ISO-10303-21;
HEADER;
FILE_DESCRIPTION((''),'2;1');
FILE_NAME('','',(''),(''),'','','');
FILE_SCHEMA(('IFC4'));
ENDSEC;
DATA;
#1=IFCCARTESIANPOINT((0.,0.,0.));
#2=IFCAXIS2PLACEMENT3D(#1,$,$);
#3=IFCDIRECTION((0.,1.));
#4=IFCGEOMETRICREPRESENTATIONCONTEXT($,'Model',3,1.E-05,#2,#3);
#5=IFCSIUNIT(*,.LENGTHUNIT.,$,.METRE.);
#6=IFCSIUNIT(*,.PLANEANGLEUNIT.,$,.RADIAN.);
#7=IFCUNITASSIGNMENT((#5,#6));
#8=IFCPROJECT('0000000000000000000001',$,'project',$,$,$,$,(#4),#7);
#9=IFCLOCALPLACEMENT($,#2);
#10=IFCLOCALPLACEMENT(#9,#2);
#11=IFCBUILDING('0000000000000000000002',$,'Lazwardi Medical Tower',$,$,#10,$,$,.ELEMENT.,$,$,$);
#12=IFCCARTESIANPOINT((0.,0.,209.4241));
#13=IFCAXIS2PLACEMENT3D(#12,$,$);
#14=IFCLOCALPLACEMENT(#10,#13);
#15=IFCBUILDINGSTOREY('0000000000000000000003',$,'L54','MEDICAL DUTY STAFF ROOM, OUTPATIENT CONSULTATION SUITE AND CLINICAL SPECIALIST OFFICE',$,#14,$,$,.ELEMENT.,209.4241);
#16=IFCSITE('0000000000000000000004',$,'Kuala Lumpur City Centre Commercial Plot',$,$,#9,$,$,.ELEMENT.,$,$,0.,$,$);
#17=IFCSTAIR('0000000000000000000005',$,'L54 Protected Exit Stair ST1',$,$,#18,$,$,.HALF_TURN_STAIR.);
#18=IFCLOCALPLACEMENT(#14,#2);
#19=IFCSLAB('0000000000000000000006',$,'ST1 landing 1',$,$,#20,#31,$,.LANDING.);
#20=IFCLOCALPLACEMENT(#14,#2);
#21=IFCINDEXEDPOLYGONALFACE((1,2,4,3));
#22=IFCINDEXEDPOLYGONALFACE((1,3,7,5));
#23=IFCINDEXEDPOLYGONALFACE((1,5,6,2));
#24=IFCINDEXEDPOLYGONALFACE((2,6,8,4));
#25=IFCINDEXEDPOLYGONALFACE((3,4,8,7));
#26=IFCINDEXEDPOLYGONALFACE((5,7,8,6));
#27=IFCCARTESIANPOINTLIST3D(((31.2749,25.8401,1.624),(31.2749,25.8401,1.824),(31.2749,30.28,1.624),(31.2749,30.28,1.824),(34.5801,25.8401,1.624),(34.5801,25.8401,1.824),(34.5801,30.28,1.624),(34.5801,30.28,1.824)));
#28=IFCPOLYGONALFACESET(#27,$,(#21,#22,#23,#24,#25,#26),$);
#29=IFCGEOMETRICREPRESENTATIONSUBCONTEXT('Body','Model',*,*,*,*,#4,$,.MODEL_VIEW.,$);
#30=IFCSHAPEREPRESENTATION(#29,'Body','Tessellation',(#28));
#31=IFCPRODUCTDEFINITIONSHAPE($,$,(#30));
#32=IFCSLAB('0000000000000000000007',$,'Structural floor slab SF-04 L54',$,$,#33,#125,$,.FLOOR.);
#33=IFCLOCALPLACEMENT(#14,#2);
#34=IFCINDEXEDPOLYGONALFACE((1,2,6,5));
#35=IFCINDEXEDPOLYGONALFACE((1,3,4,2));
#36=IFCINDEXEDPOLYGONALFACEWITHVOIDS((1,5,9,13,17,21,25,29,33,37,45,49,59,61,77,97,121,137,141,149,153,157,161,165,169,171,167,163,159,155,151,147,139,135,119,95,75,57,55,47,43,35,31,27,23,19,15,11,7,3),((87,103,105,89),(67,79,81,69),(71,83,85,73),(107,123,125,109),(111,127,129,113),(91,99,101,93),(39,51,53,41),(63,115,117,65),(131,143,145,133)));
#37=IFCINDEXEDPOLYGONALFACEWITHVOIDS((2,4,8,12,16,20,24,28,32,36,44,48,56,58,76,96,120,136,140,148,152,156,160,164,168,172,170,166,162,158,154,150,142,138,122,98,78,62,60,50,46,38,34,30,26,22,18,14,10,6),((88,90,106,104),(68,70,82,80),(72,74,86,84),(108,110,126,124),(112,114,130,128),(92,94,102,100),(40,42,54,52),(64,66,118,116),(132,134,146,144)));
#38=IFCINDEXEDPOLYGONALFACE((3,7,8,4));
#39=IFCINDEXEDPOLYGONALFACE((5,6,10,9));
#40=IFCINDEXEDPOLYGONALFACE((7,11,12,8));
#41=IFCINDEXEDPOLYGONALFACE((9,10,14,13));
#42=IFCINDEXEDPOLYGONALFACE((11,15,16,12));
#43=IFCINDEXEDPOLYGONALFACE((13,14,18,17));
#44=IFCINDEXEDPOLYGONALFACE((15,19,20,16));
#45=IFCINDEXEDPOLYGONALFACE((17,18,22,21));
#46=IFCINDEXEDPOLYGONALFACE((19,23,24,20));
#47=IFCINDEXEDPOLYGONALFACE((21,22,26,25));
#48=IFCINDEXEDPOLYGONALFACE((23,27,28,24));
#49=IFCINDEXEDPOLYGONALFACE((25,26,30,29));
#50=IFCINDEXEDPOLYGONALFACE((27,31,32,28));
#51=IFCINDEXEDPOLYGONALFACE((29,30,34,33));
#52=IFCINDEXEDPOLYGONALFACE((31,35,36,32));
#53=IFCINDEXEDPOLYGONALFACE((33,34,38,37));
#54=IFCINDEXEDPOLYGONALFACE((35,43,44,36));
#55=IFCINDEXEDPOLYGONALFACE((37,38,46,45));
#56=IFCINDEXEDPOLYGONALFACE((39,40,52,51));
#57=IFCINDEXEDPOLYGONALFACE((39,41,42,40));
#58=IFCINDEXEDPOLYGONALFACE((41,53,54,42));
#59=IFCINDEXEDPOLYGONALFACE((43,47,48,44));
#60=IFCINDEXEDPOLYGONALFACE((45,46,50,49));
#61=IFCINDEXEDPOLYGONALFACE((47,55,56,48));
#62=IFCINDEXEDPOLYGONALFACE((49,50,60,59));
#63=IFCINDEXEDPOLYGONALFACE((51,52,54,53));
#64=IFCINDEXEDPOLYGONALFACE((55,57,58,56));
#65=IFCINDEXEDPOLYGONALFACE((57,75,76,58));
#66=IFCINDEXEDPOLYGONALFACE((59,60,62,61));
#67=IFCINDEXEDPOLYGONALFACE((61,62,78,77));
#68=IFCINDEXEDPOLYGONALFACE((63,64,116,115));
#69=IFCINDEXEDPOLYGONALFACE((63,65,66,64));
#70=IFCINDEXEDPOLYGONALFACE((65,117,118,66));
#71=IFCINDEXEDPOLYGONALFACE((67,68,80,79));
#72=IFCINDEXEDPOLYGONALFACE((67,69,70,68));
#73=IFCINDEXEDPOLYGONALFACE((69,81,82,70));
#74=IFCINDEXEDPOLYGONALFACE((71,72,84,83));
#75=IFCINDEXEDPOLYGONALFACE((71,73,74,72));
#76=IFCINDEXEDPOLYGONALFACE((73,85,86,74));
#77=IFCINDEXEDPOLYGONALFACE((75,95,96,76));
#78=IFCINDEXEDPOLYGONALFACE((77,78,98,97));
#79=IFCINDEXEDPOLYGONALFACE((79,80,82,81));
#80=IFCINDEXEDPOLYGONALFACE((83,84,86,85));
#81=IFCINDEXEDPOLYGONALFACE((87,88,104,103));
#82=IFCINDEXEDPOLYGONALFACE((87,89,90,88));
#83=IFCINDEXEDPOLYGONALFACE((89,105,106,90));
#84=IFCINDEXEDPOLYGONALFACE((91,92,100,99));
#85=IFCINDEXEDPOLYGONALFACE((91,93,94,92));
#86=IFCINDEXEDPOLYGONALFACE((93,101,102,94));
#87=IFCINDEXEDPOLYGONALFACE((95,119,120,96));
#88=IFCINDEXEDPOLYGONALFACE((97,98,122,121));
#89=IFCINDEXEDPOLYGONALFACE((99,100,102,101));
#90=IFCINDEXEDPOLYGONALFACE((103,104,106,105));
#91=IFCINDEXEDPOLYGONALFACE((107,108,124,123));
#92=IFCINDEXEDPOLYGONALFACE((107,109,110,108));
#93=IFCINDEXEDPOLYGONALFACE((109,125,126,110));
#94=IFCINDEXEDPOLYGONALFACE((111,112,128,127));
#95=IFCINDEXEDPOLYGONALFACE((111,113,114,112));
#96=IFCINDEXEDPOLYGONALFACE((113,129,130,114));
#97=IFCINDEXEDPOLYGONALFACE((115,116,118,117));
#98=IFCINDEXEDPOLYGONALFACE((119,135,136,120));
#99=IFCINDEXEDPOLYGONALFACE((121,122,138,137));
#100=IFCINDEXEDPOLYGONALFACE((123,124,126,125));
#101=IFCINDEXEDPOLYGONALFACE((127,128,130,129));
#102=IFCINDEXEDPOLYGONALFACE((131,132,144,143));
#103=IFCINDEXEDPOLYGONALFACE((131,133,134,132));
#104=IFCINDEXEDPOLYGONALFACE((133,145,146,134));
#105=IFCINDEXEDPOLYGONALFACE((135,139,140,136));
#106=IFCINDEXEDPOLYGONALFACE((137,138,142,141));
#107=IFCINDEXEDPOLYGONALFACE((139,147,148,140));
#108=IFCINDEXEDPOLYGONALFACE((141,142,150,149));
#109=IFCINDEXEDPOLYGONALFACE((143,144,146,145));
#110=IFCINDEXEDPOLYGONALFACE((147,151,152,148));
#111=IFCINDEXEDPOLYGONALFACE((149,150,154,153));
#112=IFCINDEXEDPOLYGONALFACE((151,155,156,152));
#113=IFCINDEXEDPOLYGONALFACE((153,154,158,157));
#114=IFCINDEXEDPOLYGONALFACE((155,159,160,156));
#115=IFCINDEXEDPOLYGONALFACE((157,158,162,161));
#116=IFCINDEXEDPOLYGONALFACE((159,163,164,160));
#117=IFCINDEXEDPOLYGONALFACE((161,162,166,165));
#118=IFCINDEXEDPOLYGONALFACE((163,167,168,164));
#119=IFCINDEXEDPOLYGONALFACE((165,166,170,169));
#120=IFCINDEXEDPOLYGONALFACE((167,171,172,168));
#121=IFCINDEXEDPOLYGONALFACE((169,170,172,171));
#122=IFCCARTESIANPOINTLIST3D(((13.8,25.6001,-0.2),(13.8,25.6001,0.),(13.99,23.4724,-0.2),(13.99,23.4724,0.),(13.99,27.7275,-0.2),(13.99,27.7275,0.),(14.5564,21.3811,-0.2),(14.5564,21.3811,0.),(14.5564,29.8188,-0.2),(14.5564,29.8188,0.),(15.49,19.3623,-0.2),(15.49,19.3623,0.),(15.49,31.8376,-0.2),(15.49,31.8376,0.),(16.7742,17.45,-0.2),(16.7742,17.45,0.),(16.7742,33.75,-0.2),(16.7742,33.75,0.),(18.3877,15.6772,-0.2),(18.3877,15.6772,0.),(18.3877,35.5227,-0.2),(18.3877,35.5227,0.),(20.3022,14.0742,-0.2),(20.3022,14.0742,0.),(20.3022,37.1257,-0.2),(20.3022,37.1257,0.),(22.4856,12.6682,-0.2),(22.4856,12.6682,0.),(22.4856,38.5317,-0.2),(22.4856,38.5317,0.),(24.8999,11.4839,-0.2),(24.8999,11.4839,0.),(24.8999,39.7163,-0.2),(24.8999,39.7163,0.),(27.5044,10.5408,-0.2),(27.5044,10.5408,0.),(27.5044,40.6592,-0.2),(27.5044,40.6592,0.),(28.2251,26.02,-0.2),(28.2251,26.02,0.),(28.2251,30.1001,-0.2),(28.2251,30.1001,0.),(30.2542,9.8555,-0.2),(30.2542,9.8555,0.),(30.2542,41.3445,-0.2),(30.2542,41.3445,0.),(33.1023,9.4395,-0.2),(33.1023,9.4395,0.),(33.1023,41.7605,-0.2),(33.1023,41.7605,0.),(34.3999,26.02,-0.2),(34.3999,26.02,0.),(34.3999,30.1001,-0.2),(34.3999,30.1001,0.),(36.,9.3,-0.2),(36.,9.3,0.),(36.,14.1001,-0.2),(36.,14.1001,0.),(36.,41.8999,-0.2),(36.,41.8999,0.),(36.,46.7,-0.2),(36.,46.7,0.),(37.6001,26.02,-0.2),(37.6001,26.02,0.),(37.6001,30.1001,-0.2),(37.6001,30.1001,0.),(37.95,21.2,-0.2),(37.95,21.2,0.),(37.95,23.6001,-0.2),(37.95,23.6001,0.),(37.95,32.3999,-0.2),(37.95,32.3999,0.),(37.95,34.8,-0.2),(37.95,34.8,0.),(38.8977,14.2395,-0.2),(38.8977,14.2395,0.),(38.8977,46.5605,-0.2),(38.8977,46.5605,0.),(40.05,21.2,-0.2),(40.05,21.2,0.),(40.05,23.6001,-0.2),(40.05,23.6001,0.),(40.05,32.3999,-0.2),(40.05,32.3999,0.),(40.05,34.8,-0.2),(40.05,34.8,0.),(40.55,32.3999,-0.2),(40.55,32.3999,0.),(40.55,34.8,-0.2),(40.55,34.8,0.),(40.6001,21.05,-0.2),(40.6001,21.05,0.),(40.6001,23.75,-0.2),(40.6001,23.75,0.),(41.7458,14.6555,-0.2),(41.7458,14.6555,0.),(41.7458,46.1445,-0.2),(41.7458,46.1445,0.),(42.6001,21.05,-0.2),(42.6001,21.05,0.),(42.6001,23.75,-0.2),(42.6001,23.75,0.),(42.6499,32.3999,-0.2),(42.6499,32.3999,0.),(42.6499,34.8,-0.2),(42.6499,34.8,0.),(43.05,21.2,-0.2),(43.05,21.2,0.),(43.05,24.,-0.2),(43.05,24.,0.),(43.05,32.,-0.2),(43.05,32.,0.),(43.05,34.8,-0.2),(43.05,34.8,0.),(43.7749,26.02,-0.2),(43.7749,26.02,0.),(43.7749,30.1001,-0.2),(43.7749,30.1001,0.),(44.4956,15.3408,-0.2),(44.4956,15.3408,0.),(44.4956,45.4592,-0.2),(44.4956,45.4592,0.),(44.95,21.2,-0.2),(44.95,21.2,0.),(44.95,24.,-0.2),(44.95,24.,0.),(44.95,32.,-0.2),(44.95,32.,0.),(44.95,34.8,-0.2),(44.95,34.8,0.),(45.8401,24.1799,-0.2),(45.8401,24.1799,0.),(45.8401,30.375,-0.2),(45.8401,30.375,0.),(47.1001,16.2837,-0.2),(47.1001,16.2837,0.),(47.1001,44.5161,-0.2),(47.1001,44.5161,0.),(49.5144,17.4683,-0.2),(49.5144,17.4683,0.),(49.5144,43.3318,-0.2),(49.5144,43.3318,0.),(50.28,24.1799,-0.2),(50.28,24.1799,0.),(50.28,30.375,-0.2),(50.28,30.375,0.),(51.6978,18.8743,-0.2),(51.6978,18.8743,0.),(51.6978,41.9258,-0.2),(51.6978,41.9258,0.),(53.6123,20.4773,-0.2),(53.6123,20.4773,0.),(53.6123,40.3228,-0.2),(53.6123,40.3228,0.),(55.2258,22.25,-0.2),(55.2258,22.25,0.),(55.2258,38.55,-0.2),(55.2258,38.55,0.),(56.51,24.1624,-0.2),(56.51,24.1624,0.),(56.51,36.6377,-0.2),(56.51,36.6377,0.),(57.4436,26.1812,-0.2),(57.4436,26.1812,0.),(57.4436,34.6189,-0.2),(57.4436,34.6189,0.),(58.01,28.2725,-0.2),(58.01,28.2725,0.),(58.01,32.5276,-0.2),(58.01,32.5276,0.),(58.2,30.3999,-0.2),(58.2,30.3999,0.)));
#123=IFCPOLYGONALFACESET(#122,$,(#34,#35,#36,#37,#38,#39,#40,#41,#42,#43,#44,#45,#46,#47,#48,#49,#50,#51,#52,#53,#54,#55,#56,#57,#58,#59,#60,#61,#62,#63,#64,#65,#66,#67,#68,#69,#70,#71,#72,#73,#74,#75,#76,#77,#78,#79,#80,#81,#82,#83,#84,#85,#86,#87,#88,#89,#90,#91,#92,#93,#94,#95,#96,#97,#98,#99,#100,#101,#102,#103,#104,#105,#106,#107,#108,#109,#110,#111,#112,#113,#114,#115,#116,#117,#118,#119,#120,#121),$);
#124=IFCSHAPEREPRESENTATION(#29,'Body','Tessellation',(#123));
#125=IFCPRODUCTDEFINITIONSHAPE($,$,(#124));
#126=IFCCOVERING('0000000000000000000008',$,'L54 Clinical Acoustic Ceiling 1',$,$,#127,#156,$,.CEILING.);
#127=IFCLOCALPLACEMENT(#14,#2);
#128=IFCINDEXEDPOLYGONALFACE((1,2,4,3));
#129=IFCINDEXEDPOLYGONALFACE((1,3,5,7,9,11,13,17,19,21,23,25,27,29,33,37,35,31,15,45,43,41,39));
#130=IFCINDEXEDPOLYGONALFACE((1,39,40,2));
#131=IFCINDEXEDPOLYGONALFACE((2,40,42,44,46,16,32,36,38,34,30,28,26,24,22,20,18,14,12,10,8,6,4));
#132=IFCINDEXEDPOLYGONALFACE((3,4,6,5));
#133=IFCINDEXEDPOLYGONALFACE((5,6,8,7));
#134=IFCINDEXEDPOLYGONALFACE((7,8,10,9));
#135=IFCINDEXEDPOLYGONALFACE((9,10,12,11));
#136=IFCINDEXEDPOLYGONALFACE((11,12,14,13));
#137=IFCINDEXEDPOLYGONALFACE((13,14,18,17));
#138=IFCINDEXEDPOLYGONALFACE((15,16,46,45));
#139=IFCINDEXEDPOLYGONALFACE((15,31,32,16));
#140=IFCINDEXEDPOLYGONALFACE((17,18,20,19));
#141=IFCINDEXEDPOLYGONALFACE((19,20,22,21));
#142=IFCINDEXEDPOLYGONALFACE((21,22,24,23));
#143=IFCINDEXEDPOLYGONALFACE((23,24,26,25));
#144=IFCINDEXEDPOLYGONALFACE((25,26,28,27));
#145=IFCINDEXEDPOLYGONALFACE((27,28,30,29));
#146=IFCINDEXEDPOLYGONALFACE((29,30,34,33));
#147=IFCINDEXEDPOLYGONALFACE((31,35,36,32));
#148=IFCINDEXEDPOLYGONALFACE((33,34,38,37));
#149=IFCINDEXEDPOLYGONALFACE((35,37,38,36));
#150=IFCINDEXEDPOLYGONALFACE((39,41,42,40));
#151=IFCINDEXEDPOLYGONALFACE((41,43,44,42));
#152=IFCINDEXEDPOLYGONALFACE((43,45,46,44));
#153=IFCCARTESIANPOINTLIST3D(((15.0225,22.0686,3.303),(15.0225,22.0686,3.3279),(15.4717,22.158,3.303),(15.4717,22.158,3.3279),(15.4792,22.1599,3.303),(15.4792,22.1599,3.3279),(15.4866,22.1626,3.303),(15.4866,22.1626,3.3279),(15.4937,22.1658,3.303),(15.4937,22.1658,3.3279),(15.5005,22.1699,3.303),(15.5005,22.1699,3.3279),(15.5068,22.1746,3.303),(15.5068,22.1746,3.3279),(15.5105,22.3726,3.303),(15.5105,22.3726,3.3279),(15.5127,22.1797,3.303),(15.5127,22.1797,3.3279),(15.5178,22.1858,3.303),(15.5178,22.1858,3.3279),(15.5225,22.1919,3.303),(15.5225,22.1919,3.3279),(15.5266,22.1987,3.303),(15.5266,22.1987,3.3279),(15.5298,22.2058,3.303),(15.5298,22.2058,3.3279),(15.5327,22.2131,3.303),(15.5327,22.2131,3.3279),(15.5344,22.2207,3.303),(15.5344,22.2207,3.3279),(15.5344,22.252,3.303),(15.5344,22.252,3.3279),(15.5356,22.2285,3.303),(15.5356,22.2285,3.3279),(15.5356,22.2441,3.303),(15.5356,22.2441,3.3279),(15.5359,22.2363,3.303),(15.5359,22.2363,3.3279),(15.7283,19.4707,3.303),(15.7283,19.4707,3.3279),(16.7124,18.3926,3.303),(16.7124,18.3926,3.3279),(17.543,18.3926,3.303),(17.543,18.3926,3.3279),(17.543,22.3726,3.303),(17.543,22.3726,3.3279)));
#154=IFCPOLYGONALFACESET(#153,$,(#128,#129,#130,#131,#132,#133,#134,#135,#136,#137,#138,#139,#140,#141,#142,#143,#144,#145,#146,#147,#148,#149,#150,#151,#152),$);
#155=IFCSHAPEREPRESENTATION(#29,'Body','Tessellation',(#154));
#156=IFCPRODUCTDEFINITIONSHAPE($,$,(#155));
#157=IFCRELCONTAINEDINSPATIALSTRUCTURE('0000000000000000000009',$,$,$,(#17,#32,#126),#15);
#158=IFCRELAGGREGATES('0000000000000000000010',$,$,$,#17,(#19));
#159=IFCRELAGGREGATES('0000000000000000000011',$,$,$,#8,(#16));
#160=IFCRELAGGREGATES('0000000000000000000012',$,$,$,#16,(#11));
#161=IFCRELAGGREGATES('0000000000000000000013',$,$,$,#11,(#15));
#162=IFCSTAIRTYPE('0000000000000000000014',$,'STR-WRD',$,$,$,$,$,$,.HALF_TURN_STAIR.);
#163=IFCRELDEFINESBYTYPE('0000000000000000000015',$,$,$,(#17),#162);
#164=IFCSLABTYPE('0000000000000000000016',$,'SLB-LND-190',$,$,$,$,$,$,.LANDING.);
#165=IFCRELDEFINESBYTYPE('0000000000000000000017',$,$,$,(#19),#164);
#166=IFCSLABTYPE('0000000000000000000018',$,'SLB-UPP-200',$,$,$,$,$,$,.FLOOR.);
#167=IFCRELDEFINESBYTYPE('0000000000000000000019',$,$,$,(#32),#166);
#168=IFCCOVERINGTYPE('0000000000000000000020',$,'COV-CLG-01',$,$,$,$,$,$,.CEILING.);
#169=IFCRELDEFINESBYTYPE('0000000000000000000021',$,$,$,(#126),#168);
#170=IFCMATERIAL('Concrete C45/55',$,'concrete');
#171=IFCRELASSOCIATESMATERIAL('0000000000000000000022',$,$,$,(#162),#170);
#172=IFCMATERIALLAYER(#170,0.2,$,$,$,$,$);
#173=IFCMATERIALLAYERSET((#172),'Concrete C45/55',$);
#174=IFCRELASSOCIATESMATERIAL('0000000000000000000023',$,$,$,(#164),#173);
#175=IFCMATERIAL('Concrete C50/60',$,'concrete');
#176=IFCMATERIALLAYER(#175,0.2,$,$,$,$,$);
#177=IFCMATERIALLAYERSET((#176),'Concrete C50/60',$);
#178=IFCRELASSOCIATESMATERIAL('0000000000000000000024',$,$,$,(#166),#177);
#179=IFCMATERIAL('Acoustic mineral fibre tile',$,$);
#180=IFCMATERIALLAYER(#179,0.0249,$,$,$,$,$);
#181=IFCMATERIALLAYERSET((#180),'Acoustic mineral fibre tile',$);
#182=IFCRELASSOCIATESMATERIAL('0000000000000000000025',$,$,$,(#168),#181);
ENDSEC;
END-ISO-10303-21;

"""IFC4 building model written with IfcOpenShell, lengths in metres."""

from ifc_helpers import new_model, si_unit, direction, frame, origin, place, context, subcontext, project, spatial, polyline, outline, extrude, material, layer, layer_set, type_object, element, aggregate, save


model = new_model("IFC4")

# Units and contexts
model_context = context("Model", 3, precision=1e-05, world=origin(), true_north=direction((0.0, 1.0)))
body_context = subcontext(model_context, "Body", "Model", "MODEL_VIEW")
ifc_project = project(units=[si_unit("LENGTHUNIT", "METRE"), si_unit("PLANEANGLEUNIT", "RADIAN")], contexts=[model_context])

# Site, building, storey
site_placement = place(None, origin())
site = spatial("IfcSite", under=ifc_project, at=site_placement, Name="Kuala Lumpur City Centre Commercial Plot", CompositionType="ELEMENT", RefElevation=0.0)
building_placement = place(site_placement, origin())
building = spatial("IfcBuilding", under=site, at=building_placement, Name="Lazwardi Medical Tower", CompositionType="ELEMENT")
storey_placement = place(building_placement, frame((0.0, 0.0, 209.4241)))
storey = spatial("IfcBuildingStorey", under=building, at=storey_placement, Name="L54", Description="MEDICAL DUTY STAFF ROOM, OUTPATIENT CONSULTATION SUITE AND CLINICAL SPECIALIST OFFICE", CompositionType="ELEMENT", Elevation=209.4241)

# Stair, slab
ifc_material_1 = material(Name="Concrete C45/55", Category="concrete")
stair_type = type_object("IfcStairType", Name="STR-WRD", PredefinedType="HALF_TURN_STAIR", material=ifc_material_1)
stair_placement = place(storey_placement, origin())
stair = element("IfcStair", 1, at=stair_placement, inside=storey, type_object=stair_type, Name="L54 Protected Exit Stair ST1", PredefinedType="HALF_TURN_STAIR")
ifc_layer_1 = layer(ifc_material_1, 0.2)
ifc_layer_set_1 = layer_set([ifc_layer_1], Name="Concrete C45/55")
slab_type_1 = type_object("IfcSlabType", Name="SLB-LND-190", PredefinedType="LANDING", material=ifc_layer_set_1)
slab_1_placement = place(storey_placement, frame((0.0, 0.0, 1.624)))
slab_1 = element("IfcSlab", 2, at=slab_1_placement, type_object=slab_type_1, Name="ST1 landing 1", PredefinedType="LANDING", context=body_context, shape_type="SweptSolid", body=[
    extrude(outline(polyline([(31.2749, 25.8401), (34.5801, 25.8401), (34.5801, 30.28), (31.2749, 30.28), (31.2749, 25.8401)])), origin(), (0.0, 0.0, 1.0), 0.2),
])
aggregate(stair, [slab_1])

# Slab
ifc_material_2 = material(Name="Concrete C50/60", Category="concrete")
ifc_layer_2 = layer(ifc_material_2, 0.2)
ifc_layer_set_2 = layer_set([ifc_layer_2], Name="Concrete C50/60")
slab_type_2 = type_object("IfcSlabType", Name="SLB-UPP-200", PredefinedType="FLOOR", material=ifc_layer_set_2)
slab_2_placement = place(storey_placement, frame((0.0, 0.0, -0.2)))
element("IfcSlab", 3, at=slab_2_placement, inside=storey, type_object=slab_type_2, Name="Structural floor slab SF-04 L54", PredefinedType="FLOOR", context=body_context, shape_type="SweptSolid", body=[
    extrude(outline(polyline([(18.3877, 15.6772), (20.3022, 14.0742), (22.4856, 12.6682), (24.8999, 11.4839), (27.5044, 10.5408), (30.2542, 9.8555), (33.1023, 9.4395), (36.0, 9.3), (36.0, 14.1001), (38.8977, 14.2395), (41.7458, 14.6555), (44.4956, 15.3408), (47.1001, 16.2837), (49.5144, 17.4683), (51.6978, 18.8743), (53.6123, 20.4773), (55.2258, 22.25), (56.51, 24.1624), (57.4436, 26.1812), (58.01, 28.2725), (58.2, 30.3999), (58.01, 32.5276), (57.4436, 34.6189), (56.51, 36.6377), (55.2258, 38.55), (53.6123, 40.3228), (51.6978, 41.9258), (49.5144, 43.3318), (47.1001, 44.5161), (44.4956, 45.4592), (41.7458, 46.1445), (38.8977, 46.5605), (36.0, 46.7), (36.0, 41.8999), (33.1023, 41.7605), (30.2542, 41.3445), (27.5044, 40.6592), (24.8999, 39.7163), (22.4856, 38.5317), (20.3022, 37.1257), (18.3877, 35.5227), (16.7742, 33.75), (15.49, 31.8376), (14.5564, 29.8188), (13.99, 27.7275), (13.8, 25.6001), (13.99, 23.4724), (14.5564, 21.3811), (15.49, 19.3623), (16.7742, 17.45), (18.3877, 15.6772)]), holes=[polyline([(28.2251, 26.02), (28.2251, 30.1001), (34.3999, 30.1001), (34.3999, 26.02), (28.2251, 26.02)]), polyline([(37.6001, 30.1001), (43.7749, 30.1001), (43.7749, 26.02), (37.6001, 26.02), (37.6001, 30.1001)]), polyline([(50.28, 30.375), (50.28, 24.1799), (45.8401, 24.1799), (45.8401, 30.375), (50.28, 30.375)]), polyline([(40.05, 32.3999), (37.95, 32.3999), (37.95, 34.8), (40.05, 34.8), (40.05, 32.3999)]), polyline([(40.55, 32.3999), (40.55, 34.8), (42.6499, 34.8), (42.6499, 32.3999), (40.55, 32.3999)]), polyline([(37.95, 23.6001), (40.05, 23.6001), (40.05, 21.2), (37.95, 21.2), (37.95, 23.6001)]), polyline([(44.95, 34.8), (44.95, 32.0), (43.05, 32.0), (43.05, 34.8), (44.95, 34.8)]), polyline([(44.95, 21.2), (43.05, 21.2), (43.05, 24.0), (44.95, 24.0), (44.95, 21.2)]), polyline([(40.6001, 21.05), (40.6001, 23.75), (42.6001, 23.75), (42.6001, 21.05), (40.6001, 21.05)])]), origin(), (0.0, 0.0, 1.0), 0.2),
])

# Covering
ifc_material_3 = material(Name="Acoustic mineral fibre tile")
ifc_layer_3 = layer(ifc_material_3, 0.0249)
ifc_layer_set_3 = layer_set([ifc_layer_3], Name="Acoustic mineral fibre tile")
covering_type_1 = type_object("IfcCoveringType", Name="COV-CLG-01", PredefinedType="CEILING", material=ifc_layer_set_3)
covering_1_placement = place(storey_placement, frame((0.0, 0.0, 3.303)))
element("IfcCovering", 4, at=covering_1_placement, inside=storey, type_object=covering_type_1, Name="L54 Clinical Acoustic Ceiling 1", PredefinedType="CEILING", context=body_context, shape_type="SweptSolid", body=[
    extrude(outline(polyline([(15.5105, 22.3726), (15.5344, 22.252), (15.5356, 22.2441), (15.5359, 22.2363), (15.5356, 22.2285), (15.5344, 22.2207), (15.5327, 22.2131), (15.5298, 22.2058), (15.5266, 22.1987), (15.5225, 22.1919), (15.5178, 22.1858), (15.5127, 22.1797), (15.5068, 22.1746), (15.5005, 22.1699), (15.4937, 22.1658), (15.4866, 22.1626), (15.4792, 22.1599), (15.4717, 22.158), (15.0225, 22.0686), (15.7283, 19.4707), (16.7124, 18.3926), (17.543, 18.3926), (17.543, 22.3726), (15.5105, 22.3726)])), origin(), (0.0, 0.0, 1.0), 0.0249),
])

save(model, "model.ifc")
